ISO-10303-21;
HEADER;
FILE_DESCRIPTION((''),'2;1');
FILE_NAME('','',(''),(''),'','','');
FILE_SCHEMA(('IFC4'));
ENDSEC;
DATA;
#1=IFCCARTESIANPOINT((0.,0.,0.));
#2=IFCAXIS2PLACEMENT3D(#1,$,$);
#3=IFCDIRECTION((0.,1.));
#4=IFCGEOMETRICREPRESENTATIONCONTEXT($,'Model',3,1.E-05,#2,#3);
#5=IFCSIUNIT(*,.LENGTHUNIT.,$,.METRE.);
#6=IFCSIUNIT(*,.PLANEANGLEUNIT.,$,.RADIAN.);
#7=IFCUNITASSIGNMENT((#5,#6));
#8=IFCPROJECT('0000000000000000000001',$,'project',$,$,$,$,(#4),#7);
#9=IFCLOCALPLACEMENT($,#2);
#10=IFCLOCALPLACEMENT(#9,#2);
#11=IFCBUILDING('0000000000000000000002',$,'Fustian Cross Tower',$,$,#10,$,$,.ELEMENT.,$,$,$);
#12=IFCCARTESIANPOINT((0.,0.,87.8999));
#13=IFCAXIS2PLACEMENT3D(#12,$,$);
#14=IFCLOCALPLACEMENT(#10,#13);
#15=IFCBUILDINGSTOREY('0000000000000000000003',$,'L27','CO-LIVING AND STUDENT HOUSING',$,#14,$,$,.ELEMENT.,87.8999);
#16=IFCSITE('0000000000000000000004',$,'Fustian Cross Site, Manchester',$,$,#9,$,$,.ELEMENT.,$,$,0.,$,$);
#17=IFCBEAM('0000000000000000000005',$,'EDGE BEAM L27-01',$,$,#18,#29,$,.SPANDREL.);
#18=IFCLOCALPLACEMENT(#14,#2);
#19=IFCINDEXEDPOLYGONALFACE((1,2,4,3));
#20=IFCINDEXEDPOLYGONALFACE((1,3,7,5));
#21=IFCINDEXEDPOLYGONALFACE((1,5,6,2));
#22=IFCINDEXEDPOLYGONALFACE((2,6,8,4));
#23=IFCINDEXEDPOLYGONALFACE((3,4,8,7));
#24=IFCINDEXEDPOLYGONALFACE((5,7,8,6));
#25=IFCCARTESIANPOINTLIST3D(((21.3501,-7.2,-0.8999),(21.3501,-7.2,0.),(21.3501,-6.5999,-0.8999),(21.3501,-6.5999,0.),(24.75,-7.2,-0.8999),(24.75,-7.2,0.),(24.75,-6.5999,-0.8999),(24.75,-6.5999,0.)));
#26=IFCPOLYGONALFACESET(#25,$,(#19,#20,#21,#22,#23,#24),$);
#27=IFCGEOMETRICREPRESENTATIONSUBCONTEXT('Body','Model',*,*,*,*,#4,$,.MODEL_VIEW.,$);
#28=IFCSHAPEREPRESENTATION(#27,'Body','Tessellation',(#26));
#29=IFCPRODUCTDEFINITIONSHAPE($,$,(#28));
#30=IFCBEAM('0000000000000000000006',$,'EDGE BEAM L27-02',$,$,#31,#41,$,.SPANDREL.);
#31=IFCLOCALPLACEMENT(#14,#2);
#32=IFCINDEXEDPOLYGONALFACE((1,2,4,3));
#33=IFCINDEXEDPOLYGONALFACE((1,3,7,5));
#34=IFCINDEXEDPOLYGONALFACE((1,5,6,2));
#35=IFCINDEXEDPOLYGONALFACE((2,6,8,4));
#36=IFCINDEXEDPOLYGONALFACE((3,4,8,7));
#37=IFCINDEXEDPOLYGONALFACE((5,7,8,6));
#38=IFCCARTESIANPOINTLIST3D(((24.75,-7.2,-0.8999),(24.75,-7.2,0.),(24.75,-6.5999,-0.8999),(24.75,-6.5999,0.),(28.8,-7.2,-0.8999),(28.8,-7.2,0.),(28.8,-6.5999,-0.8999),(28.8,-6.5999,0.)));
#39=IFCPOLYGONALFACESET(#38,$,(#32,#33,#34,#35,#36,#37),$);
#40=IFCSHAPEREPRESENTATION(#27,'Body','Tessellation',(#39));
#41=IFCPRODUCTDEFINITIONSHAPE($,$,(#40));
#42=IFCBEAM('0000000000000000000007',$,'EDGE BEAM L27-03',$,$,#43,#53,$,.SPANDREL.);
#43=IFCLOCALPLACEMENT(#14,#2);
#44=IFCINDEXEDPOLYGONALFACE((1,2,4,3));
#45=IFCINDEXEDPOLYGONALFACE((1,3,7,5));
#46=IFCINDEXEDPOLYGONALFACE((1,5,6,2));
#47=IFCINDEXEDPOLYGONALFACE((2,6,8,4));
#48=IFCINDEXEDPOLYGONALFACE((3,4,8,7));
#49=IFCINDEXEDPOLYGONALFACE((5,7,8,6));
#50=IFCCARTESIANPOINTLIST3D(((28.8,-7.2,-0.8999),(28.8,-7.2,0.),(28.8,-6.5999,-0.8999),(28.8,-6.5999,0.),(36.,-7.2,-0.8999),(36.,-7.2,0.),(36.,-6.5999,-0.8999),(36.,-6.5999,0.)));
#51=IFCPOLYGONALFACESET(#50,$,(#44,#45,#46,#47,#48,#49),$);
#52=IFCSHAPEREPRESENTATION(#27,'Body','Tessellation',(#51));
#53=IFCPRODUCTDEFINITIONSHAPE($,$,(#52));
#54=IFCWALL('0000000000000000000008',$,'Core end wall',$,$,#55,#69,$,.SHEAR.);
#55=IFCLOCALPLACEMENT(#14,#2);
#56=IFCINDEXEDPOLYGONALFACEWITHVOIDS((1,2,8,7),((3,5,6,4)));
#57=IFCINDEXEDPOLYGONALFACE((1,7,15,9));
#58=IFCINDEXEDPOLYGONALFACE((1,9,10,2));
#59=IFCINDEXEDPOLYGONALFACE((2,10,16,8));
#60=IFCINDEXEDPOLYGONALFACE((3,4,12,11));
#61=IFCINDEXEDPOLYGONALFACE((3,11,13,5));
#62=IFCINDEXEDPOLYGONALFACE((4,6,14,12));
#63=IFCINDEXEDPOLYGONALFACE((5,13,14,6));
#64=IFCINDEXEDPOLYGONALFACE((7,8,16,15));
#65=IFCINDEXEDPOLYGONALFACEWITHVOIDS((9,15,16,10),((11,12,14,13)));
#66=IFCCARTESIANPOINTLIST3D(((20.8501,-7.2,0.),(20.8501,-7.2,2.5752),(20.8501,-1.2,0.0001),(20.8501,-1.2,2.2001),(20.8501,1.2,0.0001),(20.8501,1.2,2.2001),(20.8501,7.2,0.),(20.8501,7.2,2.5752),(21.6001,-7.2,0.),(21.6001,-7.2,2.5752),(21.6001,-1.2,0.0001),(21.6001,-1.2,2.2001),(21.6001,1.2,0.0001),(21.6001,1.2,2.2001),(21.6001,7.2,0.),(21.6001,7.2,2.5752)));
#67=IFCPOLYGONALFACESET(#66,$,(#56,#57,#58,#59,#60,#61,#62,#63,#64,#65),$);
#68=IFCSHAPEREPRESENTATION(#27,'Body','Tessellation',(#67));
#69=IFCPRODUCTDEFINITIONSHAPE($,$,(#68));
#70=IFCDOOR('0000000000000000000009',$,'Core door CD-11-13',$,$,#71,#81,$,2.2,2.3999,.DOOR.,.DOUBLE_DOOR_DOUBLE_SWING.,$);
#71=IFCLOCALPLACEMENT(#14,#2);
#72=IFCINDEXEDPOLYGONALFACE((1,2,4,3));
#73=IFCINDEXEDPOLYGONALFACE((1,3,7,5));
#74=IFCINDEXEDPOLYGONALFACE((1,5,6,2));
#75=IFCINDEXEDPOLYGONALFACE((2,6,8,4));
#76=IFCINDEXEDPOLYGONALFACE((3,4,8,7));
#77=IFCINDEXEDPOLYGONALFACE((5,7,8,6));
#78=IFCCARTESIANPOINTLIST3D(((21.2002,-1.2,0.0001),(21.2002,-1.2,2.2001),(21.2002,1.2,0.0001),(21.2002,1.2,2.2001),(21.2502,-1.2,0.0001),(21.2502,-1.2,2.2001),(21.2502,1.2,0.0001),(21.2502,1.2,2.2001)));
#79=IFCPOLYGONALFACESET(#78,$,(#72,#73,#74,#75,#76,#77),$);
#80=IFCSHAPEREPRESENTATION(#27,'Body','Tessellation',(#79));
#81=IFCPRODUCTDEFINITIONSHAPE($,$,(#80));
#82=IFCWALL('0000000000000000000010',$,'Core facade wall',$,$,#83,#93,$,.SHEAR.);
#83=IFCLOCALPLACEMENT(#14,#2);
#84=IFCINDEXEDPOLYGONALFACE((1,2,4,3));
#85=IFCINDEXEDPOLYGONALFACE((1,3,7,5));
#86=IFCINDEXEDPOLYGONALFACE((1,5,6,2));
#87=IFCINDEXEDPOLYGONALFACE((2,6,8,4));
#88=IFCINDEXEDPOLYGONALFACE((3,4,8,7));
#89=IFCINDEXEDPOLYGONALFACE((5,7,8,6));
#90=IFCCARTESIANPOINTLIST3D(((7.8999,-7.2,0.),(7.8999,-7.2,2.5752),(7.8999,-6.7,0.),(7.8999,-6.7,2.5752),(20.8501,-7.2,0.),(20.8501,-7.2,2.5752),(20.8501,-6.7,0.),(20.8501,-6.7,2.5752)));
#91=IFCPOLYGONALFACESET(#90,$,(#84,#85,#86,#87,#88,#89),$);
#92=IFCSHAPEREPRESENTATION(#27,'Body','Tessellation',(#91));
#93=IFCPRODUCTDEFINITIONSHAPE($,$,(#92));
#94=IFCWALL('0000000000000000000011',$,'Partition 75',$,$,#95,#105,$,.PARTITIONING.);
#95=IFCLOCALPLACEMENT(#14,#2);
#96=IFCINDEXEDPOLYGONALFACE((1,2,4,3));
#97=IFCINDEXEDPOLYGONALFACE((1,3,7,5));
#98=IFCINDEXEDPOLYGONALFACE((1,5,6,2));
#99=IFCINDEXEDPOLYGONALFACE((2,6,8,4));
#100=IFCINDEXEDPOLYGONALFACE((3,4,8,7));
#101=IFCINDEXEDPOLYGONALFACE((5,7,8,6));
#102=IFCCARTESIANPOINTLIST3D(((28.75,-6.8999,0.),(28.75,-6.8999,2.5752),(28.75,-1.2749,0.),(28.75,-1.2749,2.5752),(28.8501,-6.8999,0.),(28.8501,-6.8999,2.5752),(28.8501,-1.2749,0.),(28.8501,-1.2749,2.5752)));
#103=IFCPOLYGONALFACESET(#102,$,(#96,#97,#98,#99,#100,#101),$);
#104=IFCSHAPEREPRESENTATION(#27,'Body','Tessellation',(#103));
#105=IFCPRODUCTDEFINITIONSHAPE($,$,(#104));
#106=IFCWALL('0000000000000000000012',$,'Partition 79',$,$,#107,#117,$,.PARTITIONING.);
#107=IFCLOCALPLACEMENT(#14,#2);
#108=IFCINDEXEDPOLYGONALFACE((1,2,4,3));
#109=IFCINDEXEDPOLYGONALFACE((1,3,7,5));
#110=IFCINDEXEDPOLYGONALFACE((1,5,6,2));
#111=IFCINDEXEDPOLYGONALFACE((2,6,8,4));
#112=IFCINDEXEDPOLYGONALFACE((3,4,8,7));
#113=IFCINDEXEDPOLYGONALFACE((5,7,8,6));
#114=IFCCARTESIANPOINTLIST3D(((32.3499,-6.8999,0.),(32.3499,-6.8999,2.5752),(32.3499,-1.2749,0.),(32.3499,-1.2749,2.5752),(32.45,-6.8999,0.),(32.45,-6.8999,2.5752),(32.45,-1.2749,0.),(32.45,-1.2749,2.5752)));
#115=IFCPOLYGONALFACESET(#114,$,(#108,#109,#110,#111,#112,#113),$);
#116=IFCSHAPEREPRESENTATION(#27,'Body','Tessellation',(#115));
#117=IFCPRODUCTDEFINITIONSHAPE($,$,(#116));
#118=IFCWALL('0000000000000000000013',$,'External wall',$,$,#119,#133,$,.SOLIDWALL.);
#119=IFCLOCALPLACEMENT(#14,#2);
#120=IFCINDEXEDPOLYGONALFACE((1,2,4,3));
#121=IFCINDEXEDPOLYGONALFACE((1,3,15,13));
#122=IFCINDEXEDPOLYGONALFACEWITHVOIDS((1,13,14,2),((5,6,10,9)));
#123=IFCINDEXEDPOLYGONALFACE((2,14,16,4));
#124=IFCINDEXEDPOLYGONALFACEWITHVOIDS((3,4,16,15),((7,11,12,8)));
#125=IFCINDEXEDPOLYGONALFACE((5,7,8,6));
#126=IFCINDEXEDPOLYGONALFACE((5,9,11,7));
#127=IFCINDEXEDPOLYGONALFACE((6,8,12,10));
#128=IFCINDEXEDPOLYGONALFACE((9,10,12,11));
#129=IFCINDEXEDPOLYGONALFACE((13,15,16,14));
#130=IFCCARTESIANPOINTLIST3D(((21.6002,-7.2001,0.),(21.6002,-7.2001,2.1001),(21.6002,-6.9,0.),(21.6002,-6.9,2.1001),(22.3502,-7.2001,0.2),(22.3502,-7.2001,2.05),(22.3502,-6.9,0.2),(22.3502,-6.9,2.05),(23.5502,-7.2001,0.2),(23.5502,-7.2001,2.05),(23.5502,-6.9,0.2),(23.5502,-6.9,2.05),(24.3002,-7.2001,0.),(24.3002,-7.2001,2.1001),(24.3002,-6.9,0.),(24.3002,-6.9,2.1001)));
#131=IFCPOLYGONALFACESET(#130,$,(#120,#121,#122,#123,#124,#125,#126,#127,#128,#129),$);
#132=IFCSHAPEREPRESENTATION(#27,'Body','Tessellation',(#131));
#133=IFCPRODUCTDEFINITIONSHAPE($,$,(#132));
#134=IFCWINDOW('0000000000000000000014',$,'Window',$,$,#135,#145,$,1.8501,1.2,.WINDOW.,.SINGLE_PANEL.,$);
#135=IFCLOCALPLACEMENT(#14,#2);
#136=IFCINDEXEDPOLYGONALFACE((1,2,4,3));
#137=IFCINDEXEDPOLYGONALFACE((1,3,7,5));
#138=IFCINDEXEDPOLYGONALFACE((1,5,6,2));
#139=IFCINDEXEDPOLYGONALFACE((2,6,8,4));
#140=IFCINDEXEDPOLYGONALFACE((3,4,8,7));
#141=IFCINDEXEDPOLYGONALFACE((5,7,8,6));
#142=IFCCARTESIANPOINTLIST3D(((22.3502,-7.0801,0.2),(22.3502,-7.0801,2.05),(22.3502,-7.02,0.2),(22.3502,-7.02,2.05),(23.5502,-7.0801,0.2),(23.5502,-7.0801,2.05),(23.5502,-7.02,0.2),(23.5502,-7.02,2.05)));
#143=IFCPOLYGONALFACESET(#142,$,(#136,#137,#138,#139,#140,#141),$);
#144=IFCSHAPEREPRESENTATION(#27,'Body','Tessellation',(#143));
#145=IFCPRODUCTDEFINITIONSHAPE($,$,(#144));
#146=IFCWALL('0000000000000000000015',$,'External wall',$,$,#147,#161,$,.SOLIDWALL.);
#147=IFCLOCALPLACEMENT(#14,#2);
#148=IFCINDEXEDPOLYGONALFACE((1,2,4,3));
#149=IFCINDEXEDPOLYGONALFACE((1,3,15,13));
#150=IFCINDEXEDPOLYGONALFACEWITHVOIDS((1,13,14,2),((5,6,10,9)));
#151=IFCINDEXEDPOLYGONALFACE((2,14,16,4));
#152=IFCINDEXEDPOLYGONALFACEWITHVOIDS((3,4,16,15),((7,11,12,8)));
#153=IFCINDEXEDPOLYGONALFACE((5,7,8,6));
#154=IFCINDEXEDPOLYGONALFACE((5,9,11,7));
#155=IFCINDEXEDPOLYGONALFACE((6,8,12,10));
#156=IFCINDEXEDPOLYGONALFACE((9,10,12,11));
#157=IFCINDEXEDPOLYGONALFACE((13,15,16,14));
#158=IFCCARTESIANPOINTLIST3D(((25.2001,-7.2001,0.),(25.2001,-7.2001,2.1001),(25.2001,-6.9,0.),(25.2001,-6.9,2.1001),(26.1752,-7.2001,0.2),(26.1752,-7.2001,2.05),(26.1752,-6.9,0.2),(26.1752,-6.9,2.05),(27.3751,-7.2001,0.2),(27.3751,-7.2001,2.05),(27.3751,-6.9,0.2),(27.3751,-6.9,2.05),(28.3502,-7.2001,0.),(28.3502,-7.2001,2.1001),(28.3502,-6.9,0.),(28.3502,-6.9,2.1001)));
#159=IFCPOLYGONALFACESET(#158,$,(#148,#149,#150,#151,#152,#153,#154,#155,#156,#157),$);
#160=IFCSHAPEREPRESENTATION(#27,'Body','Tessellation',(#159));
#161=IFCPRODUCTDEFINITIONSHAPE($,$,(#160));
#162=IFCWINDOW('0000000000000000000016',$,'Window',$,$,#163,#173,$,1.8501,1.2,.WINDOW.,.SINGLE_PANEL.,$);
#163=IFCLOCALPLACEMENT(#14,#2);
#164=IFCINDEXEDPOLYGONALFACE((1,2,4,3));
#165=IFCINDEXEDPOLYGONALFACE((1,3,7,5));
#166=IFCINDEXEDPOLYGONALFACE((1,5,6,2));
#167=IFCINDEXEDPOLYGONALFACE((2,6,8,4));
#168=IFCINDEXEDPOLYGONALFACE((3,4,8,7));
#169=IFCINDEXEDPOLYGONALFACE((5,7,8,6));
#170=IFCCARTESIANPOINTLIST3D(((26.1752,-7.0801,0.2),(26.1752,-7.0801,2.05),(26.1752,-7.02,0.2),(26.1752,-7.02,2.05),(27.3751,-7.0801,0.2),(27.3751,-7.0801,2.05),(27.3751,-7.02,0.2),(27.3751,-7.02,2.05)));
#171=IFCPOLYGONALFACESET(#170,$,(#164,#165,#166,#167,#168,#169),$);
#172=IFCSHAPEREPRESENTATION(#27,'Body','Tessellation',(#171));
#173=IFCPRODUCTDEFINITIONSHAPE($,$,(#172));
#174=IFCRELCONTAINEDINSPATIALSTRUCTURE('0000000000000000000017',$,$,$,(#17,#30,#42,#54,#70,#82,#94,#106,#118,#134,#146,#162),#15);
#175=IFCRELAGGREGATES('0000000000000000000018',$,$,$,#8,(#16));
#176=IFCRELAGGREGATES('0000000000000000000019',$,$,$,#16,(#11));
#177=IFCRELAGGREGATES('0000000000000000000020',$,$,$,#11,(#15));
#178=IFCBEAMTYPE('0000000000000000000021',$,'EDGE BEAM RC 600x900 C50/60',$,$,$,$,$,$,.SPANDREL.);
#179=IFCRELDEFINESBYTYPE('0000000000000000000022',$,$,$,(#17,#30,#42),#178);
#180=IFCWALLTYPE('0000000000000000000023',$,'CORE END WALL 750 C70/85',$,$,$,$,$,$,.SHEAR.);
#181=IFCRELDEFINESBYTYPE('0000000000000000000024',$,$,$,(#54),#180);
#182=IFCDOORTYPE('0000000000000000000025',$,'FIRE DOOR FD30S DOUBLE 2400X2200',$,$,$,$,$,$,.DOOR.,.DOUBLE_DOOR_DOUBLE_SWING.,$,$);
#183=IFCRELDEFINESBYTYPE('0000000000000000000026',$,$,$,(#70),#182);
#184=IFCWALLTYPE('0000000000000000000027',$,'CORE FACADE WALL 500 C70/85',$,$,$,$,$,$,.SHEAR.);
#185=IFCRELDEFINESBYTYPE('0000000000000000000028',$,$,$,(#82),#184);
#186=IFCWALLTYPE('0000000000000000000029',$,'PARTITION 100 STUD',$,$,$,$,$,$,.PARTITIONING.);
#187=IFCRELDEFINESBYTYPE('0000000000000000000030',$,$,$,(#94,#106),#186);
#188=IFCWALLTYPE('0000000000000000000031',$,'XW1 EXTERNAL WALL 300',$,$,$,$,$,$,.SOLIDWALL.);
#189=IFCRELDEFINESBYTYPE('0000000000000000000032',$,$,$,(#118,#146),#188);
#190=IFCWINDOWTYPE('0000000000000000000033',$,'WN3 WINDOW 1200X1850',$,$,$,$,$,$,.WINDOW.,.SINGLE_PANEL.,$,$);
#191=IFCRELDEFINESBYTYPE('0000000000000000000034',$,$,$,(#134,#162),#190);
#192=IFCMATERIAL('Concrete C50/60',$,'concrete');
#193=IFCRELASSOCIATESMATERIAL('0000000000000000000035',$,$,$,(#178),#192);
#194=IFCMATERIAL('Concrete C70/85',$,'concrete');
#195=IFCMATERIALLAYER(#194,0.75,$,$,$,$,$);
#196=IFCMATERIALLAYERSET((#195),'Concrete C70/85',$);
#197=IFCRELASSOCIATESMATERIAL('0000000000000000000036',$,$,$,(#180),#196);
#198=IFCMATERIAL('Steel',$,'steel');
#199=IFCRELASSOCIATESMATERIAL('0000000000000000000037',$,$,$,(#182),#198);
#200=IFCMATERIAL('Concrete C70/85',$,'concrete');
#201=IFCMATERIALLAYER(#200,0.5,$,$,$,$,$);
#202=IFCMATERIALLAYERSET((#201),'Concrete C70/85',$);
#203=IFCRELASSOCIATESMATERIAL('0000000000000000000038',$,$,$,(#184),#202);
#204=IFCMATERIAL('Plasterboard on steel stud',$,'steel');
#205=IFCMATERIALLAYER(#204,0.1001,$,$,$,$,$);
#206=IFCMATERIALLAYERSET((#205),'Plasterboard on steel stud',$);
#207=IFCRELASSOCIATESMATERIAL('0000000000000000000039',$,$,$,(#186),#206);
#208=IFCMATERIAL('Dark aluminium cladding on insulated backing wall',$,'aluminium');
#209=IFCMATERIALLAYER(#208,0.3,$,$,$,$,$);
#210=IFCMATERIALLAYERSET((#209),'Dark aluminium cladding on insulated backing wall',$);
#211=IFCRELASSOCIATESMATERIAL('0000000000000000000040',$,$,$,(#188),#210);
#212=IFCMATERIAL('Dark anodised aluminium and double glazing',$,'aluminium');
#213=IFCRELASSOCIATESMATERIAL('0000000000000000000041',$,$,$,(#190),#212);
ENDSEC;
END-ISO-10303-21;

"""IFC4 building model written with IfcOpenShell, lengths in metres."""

from ifc_helpers import new_model, si_unit, direction, frame, frame_2d, origin, origin_2d, place, context, subcontext, project, spatial, rectangle, extrude, material, layer, layer_set, material_profile, profile_set, type_object, element, fill, save


model = new_model("IFC4")

# Units and contexts
model_context = context("Model", 3, precision=1e-05, world=origin(), true_north=direction((0.0, 1.0)))
body_context = subcontext(model_context, "Body", "Model", "MODEL_VIEW")
ifc_project = project(units=[si_unit("LENGTHUNIT", "METRE"), si_unit("PLANEANGLEUNIT", "RADIAN")], contexts=[model_context])

# Site, building, storey
site_placement = place(None, origin())
site = spatial("IfcSite", under=ifc_project, at=site_placement, Name="Fustian Cross Site, Manchester", CompositionType="ELEMENT", RefElevation=0.0)
building_placement = place(site_placement, origin())
building = spatial("IfcBuilding", under=site, at=building_placement, Name="Fustian Cross Tower", CompositionType="ELEMENT")
storey_placement = place(building_placement, frame((0.0, 0.0, 87.8999)))
storey = spatial("IfcBuildingStorey", under=building, at=storey_placement, Name="L27", Description="CO-LIVING AND STUDENT HOUSING", CompositionType="ELEMENT", Elevation=87.8999)

# Beams
ifc_material_1 = material(Name="Concrete C50/60", Category="concrete")
ifc_material_profile = material_profile(ifc_material_1, rectangle(XDim=0.6001, YDim=0.8999, at=origin_2d()), Name="RC 600x900")
ifc_profile_set = profile_set([ifc_material_profile], Name="Concrete C50/60")
beam_type = type_object("IfcBeamType", Name="EDGE BEAM RC 600x900 C50/60", PredefinedType="SPANDREL", material=ifc_profile_set)
beam_1_placement = place(storey_placement, frame((21.3501, -6.8999, -0.45), z_axis=(1.0, 0.0, 0.0), x_axis=(0.0, 1.0, 0.0)))
element("IfcBeam", 1, at=beam_1_placement, inside=storey, type_object=beam_type, Name="EDGE BEAM L27-01", PredefinedType="SPANDREL", context=body_context, shape_type="SweptSolid", body=[
    extrude(rectangle(XDim=0.6001, YDim=0.8999, at=origin_2d()), origin(), (0.0, 0.0, 1.0), 3.3999),
])
beam_2_placement = place(storey_placement, frame((24.75, -6.8999, -0.45), z_axis=(1.0, 0.0, 0.0), x_axis=(0.0, 1.0, 0.0)))
element("IfcBeam", 2, at=beam_2_placement, inside=storey, type_object=beam_type, Name="EDGE BEAM L27-02", PredefinedType="SPANDREL", context=body_context, shape_type="SweptSolid", body=[
    extrude(rectangle(XDim=0.6001, YDim=0.8999, at=origin_2d()), origin(), (0.0, 0.0, 1.0), 4.05),
])
beam_3_placement = place(storey_placement, frame((28.8, -6.8999, -0.45), z_axis=(1.0, 0.0, 0.0), x_axis=(0.0, 1.0, 0.0)))
element("IfcBeam", 3, at=beam_3_placement, inside=storey, type_object=beam_type, Name="EDGE BEAM L27-03", PredefinedType="SPANDREL", context=body_context, shape_type="SweptSolid", body=[
    extrude(rectangle(XDim=0.6001, YDim=0.8999, at=origin_2d()), origin(), (0.0, 0.0, 1.0), 7.2),
])

# Wall, opening, door
ifc_material_2 = material(Name="Concrete C70/85", Category="concrete")
ifc_layer_1 = layer(ifc_material_2, 0.75)
ifc_layer_set_1 = layer_set([ifc_layer_1], Name="Concrete C70/85")
wall_type_1 = type_object("IfcWallType", Name="CORE END WALL 750 C70/85", PredefinedType="SHEAR", material=ifc_layer_set_1)
wall_1_placement = place(storey_placement, frame((21.2251, -7.2, 0.0), z_axis=(0.0, 0.0, 1.0), x_axis=(0.0, 1.0, 0.0)))
wall_1 = element("IfcWall", 4, at=wall_1_placement, inside=storey, type_object=wall_type_1, Name="Core end wall", PredefinedType="SHEAR", context=body_context, shape_type="SweptSolid", body=[
    extrude(rectangle(XDim=14.3999, YDim=0.75, at=frame_2d((7.2, 0.0))), origin(), (0.0, 0.0, 1.0), 2.5752),
])
opening_1_placement = place(wall_1_placement, frame((6.0, 0.0, 0.0)))
opening_1 = element("IfcOpeningElement", 5, at=opening_1_placement, cuts=wall_1, PredefinedType="OPENING", context=body_context, shape_type="SweptSolid", body=[
    extrude(rectangle(XDim=2.3999, YDim=2.2, at=frame_2d((1.2, 1.1001))), frame((0.0, 0.385, 0.0), z_axis=(0.0, -1.0, 0.0), x_axis=(1.0, 0.0, 0.0)), (0.0, 0.0, 1.0), 0.77),
])
ifc_material_3 = material(Name="Steel", Category="steel")
door_type = type_object("IfcDoorType", Name="FIRE DOOR FD30S DOUBLE 2400X2200", OperationType="DOUBLE_DOOR_DOUBLE_SWING", PredefinedType="DOOR", material=ifc_material_3)
door_placement = place(opening_1_placement, origin())
door = element("IfcDoor", 6, at=door_placement, inside=storey, type_object=door_type, Name="Core door CD-11-13", OperationType="DOUBLE_DOOR_DOUBLE_SWING", OverallHeight=2.2, OverallWidth=2.3999, PredefinedType="DOOR", context=body_context, shape_type="SweptSolid", body=[
    extrude(rectangle(XDim=2.3999, YDim=2.2, at=frame_2d((1.2, 1.1001))), frame((0.0, 0.0249, 0.0), z_axis=(0.0, -1.0, 0.0), x_axis=(1.0, 0.0, 0.0)), (0.0, 0.0, 1.0), 0.05),
])
fill(opening_1, door)

# Walls
ifc_material_4 = material(Name="Concrete C70/85", Category="concrete")
ifc_layer_2 = layer(ifc_material_4, 0.5)
ifc_layer_set_2 = layer_set([ifc_layer_2], Name="Concrete C70/85")
wall_type_2 = type_object("IfcWallType", Name="CORE FACADE WALL 500 C70/85", PredefinedType="SHEAR", material=ifc_layer_set_2)
wall_2_placement = place(storey_placement, frame((7.8999, -6.95, 0.0), z_axis=(0.0, 0.0, 1.0), x_axis=(1.0, 0.0, 0.0)))
element("IfcWall", 7, at=wall_2_placement, inside=storey, type_object=wall_type_2, Name="Core facade wall", PredefinedType="SHEAR", context=body_context, shape_type="SweptSolid", body=[
    extrude(rectangle(XDim=12.9502, YDim=0.5, at=frame_2d((6.4751, 0.0))), origin(), (0.0, 0.0, 1.0), 2.5752),
])
ifc_material_5 = material(Name="Plasterboard on steel stud", Category="steel")
ifc_layer_3 = layer(ifc_material_5, 0.1001)
ifc_layer_set_3 = layer_set([ifc_layer_3], Name="Plasterboard on steel stud")
wall_type_3 = type_object("IfcWallType", Name="PARTITION 100 STUD", PredefinedType="PARTITIONING", material=ifc_layer_set_3)
for number, where, z_axis, x_axis, name in (
    (8, (28.8, -6.8999, 0.0), (0.0, 0.0, 1.0), (0.0, 1.0, 0.0), "Partition 75"),
    (9, (32.3999, -6.8999, 0.0), (0.0, 0.0, 1.0), (0.0, 1.0, 0.0), "Partition 79"),
):
    element("IfcWall", number, at=place(storey_placement, frame(where, z_axis=z_axis, x_axis=x_axis)), inside=storey, type_object=wall_type_3, Name=name, PredefinedType="PARTITIONING", context=body_context, shape_type="SweptSolid", body=[
        extrude(rectangle(XDim=5.625, YDim=0.1001, at=frame_2d((2.8125, 0.0))), origin(), (0.0, 0.0, 1.0), 2.5752),
    ])

# Walls, openings, windows
ifc_material_6 = material(Name="Dark aluminium cladding on insulated backing wall", Category="aluminium")
ifc_layer_4 = layer(ifc_material_6, 0.3)
ifc_layer_set_4 = layer_set([ifc_layer_4], Name="Dark aluminium cladding on insulated backing wall")
wall_type_4 = type_object("IfcWallType", Name="XW1 EXTERNAL WALL 300", PredefinedType="SOLIDWALL", material=ifc_layer_set_4)
wall_3_placement = place(storey_placement, frame((21.6001, -7.05, 0.0), z_axis=(0.0, 0.0, 1.0), x_axis=(1.0, 0.0, 0.0)))
wall_3 = element("IfcWall", 10, at=wall_3_placement, inside=storey, type_object=wall_type_4, Name="External wall", PredefinedType="SOLIDWALL", context=body_context, shape_type="SweptSolid", body=[
    extrude(rectangle(XDim=2.7, YDim=0.3, at=frame_2d((1.3501, 0.0))), origin(), (0.0, 0.0, 1.0), 2.1001),
])
opening_2_placement = place(wall_3_placement, frame((0.75, 0.0, 0.2)))
opening_2 = element("IfcOpeningElement", 11, at=opening_2_placement, cuts=wall_3, PredefinedType="OPENING", context=body_context, shape_type="SweptSolid", body=[
    extrude(rectangle(XDim=1.2, YDim=1.8501, at=frame_2d((0.6001, 0.925))), frame((0.0, 0.1599, 0.0), z_axis=(0.0, -1.0, 0.0), x_axis=(1.0, 0.0, 0.0)), (0.0, 0.0, 1.0), 0.3201),
])
ifc_material_7 = material(Name="Dark anodised aluminium and double glazing", Category="aluminium")
window_type = type_object("IfcWindowType", Name="WN3 WINDOW 1200X1850", PartitioningType="SINGLE_PANEL", PredefinedType="WINDOW", material=ifc_material_7)
window_1_placement = place(opening_2_placement, origin())
window_1 = element("IfcWindow", 12, at=window_1_placement, inside=storey, type_object=window_type, Name="Window", OverallHeight=1.8501, OverallWidth=1.2, PartitioningType="SINGLE_PANEL", PredefinedType="WINDOW", context=body_context, shape_type="SweptSolid", body=[
    extrude(rectangle(XDim=1.2, YDim=1.8501, at=frame_2d((0.6001, 0.925))), frame((0.0, 0.03, 0.0), z_axis=(0.0, -1.0, 0.0), x_axis=(1.0, 0.0, 0.0)), (0.0, 0.0, 1.0), 0.0601),
])
fill(opening_2, window_1)
wall_4_placement = place(storey_placement, frame((25.2, -7.05, 0.0), z_axis=(0.0, 0.0, 1.0), x_axis=(1.0, 0.0, 0.0)))
wall_4 = element("IfcWall", 13, at=wall_4_placement, inside=storey, type_object=wall_type_4, Name="External wall", PredefinedType="SOLIDWALL", context=body_context, shape_type="SweptSolid", body=[
    extrude(rectangle(XDim=3.1501, YDim=0.3, at=frame_2d((1.5752, 0.0))), origin(), (0.0, 0.0, 1.0), 2.1001),
])
opening_3_placement = place(wall_4_placement, frame((0.9751, 0.0, 0.2)))
opening_3 = element("IfcOpeningElement", 14, at=opening_3_placement, cuts=wall_4, PredefinedType="OPENING", context=body_context, shape_type="SweptSolid", body=[
    extrude(rectangle(XDim=1.2, YDim=1.8501, at=frame_2d((0.6001, 0.925))), frame((0.0, 0.1599, 0.0), z_axis=(0.0, -1.0, 0.0), x_axis=(1.0, 0.0, 0.0)), (0.0, 0.0, 1.0), 0.3201),
])
window_2_placement = place(opening_3_placement, origin())
window_2 = element("IfcWindow", 15, at=window_2_placement, inside=storey, type_object=window_type, Name="Window", OverallHeight=1.8501, OverallWidth=1.2, PartitioningType="SINGLE_PANEL", PredefinedType="WINDOW", context=body_context, shape_type="SweptSolid", body=[
    extrude(rectangle(XDim=1.2, YDim=1.8501, at=frame_2d((0.6001, 0.925))), frame((0.0, 0.03, 0.0), z_axis=(0.0, -1.0, 0.0), x_axis=(1.0, 0.0, 0.0)), (0.0, 0.0, 1.0), 0.0601),
])
fill(opening_3, window_2)

save(model, "model.ifc")
